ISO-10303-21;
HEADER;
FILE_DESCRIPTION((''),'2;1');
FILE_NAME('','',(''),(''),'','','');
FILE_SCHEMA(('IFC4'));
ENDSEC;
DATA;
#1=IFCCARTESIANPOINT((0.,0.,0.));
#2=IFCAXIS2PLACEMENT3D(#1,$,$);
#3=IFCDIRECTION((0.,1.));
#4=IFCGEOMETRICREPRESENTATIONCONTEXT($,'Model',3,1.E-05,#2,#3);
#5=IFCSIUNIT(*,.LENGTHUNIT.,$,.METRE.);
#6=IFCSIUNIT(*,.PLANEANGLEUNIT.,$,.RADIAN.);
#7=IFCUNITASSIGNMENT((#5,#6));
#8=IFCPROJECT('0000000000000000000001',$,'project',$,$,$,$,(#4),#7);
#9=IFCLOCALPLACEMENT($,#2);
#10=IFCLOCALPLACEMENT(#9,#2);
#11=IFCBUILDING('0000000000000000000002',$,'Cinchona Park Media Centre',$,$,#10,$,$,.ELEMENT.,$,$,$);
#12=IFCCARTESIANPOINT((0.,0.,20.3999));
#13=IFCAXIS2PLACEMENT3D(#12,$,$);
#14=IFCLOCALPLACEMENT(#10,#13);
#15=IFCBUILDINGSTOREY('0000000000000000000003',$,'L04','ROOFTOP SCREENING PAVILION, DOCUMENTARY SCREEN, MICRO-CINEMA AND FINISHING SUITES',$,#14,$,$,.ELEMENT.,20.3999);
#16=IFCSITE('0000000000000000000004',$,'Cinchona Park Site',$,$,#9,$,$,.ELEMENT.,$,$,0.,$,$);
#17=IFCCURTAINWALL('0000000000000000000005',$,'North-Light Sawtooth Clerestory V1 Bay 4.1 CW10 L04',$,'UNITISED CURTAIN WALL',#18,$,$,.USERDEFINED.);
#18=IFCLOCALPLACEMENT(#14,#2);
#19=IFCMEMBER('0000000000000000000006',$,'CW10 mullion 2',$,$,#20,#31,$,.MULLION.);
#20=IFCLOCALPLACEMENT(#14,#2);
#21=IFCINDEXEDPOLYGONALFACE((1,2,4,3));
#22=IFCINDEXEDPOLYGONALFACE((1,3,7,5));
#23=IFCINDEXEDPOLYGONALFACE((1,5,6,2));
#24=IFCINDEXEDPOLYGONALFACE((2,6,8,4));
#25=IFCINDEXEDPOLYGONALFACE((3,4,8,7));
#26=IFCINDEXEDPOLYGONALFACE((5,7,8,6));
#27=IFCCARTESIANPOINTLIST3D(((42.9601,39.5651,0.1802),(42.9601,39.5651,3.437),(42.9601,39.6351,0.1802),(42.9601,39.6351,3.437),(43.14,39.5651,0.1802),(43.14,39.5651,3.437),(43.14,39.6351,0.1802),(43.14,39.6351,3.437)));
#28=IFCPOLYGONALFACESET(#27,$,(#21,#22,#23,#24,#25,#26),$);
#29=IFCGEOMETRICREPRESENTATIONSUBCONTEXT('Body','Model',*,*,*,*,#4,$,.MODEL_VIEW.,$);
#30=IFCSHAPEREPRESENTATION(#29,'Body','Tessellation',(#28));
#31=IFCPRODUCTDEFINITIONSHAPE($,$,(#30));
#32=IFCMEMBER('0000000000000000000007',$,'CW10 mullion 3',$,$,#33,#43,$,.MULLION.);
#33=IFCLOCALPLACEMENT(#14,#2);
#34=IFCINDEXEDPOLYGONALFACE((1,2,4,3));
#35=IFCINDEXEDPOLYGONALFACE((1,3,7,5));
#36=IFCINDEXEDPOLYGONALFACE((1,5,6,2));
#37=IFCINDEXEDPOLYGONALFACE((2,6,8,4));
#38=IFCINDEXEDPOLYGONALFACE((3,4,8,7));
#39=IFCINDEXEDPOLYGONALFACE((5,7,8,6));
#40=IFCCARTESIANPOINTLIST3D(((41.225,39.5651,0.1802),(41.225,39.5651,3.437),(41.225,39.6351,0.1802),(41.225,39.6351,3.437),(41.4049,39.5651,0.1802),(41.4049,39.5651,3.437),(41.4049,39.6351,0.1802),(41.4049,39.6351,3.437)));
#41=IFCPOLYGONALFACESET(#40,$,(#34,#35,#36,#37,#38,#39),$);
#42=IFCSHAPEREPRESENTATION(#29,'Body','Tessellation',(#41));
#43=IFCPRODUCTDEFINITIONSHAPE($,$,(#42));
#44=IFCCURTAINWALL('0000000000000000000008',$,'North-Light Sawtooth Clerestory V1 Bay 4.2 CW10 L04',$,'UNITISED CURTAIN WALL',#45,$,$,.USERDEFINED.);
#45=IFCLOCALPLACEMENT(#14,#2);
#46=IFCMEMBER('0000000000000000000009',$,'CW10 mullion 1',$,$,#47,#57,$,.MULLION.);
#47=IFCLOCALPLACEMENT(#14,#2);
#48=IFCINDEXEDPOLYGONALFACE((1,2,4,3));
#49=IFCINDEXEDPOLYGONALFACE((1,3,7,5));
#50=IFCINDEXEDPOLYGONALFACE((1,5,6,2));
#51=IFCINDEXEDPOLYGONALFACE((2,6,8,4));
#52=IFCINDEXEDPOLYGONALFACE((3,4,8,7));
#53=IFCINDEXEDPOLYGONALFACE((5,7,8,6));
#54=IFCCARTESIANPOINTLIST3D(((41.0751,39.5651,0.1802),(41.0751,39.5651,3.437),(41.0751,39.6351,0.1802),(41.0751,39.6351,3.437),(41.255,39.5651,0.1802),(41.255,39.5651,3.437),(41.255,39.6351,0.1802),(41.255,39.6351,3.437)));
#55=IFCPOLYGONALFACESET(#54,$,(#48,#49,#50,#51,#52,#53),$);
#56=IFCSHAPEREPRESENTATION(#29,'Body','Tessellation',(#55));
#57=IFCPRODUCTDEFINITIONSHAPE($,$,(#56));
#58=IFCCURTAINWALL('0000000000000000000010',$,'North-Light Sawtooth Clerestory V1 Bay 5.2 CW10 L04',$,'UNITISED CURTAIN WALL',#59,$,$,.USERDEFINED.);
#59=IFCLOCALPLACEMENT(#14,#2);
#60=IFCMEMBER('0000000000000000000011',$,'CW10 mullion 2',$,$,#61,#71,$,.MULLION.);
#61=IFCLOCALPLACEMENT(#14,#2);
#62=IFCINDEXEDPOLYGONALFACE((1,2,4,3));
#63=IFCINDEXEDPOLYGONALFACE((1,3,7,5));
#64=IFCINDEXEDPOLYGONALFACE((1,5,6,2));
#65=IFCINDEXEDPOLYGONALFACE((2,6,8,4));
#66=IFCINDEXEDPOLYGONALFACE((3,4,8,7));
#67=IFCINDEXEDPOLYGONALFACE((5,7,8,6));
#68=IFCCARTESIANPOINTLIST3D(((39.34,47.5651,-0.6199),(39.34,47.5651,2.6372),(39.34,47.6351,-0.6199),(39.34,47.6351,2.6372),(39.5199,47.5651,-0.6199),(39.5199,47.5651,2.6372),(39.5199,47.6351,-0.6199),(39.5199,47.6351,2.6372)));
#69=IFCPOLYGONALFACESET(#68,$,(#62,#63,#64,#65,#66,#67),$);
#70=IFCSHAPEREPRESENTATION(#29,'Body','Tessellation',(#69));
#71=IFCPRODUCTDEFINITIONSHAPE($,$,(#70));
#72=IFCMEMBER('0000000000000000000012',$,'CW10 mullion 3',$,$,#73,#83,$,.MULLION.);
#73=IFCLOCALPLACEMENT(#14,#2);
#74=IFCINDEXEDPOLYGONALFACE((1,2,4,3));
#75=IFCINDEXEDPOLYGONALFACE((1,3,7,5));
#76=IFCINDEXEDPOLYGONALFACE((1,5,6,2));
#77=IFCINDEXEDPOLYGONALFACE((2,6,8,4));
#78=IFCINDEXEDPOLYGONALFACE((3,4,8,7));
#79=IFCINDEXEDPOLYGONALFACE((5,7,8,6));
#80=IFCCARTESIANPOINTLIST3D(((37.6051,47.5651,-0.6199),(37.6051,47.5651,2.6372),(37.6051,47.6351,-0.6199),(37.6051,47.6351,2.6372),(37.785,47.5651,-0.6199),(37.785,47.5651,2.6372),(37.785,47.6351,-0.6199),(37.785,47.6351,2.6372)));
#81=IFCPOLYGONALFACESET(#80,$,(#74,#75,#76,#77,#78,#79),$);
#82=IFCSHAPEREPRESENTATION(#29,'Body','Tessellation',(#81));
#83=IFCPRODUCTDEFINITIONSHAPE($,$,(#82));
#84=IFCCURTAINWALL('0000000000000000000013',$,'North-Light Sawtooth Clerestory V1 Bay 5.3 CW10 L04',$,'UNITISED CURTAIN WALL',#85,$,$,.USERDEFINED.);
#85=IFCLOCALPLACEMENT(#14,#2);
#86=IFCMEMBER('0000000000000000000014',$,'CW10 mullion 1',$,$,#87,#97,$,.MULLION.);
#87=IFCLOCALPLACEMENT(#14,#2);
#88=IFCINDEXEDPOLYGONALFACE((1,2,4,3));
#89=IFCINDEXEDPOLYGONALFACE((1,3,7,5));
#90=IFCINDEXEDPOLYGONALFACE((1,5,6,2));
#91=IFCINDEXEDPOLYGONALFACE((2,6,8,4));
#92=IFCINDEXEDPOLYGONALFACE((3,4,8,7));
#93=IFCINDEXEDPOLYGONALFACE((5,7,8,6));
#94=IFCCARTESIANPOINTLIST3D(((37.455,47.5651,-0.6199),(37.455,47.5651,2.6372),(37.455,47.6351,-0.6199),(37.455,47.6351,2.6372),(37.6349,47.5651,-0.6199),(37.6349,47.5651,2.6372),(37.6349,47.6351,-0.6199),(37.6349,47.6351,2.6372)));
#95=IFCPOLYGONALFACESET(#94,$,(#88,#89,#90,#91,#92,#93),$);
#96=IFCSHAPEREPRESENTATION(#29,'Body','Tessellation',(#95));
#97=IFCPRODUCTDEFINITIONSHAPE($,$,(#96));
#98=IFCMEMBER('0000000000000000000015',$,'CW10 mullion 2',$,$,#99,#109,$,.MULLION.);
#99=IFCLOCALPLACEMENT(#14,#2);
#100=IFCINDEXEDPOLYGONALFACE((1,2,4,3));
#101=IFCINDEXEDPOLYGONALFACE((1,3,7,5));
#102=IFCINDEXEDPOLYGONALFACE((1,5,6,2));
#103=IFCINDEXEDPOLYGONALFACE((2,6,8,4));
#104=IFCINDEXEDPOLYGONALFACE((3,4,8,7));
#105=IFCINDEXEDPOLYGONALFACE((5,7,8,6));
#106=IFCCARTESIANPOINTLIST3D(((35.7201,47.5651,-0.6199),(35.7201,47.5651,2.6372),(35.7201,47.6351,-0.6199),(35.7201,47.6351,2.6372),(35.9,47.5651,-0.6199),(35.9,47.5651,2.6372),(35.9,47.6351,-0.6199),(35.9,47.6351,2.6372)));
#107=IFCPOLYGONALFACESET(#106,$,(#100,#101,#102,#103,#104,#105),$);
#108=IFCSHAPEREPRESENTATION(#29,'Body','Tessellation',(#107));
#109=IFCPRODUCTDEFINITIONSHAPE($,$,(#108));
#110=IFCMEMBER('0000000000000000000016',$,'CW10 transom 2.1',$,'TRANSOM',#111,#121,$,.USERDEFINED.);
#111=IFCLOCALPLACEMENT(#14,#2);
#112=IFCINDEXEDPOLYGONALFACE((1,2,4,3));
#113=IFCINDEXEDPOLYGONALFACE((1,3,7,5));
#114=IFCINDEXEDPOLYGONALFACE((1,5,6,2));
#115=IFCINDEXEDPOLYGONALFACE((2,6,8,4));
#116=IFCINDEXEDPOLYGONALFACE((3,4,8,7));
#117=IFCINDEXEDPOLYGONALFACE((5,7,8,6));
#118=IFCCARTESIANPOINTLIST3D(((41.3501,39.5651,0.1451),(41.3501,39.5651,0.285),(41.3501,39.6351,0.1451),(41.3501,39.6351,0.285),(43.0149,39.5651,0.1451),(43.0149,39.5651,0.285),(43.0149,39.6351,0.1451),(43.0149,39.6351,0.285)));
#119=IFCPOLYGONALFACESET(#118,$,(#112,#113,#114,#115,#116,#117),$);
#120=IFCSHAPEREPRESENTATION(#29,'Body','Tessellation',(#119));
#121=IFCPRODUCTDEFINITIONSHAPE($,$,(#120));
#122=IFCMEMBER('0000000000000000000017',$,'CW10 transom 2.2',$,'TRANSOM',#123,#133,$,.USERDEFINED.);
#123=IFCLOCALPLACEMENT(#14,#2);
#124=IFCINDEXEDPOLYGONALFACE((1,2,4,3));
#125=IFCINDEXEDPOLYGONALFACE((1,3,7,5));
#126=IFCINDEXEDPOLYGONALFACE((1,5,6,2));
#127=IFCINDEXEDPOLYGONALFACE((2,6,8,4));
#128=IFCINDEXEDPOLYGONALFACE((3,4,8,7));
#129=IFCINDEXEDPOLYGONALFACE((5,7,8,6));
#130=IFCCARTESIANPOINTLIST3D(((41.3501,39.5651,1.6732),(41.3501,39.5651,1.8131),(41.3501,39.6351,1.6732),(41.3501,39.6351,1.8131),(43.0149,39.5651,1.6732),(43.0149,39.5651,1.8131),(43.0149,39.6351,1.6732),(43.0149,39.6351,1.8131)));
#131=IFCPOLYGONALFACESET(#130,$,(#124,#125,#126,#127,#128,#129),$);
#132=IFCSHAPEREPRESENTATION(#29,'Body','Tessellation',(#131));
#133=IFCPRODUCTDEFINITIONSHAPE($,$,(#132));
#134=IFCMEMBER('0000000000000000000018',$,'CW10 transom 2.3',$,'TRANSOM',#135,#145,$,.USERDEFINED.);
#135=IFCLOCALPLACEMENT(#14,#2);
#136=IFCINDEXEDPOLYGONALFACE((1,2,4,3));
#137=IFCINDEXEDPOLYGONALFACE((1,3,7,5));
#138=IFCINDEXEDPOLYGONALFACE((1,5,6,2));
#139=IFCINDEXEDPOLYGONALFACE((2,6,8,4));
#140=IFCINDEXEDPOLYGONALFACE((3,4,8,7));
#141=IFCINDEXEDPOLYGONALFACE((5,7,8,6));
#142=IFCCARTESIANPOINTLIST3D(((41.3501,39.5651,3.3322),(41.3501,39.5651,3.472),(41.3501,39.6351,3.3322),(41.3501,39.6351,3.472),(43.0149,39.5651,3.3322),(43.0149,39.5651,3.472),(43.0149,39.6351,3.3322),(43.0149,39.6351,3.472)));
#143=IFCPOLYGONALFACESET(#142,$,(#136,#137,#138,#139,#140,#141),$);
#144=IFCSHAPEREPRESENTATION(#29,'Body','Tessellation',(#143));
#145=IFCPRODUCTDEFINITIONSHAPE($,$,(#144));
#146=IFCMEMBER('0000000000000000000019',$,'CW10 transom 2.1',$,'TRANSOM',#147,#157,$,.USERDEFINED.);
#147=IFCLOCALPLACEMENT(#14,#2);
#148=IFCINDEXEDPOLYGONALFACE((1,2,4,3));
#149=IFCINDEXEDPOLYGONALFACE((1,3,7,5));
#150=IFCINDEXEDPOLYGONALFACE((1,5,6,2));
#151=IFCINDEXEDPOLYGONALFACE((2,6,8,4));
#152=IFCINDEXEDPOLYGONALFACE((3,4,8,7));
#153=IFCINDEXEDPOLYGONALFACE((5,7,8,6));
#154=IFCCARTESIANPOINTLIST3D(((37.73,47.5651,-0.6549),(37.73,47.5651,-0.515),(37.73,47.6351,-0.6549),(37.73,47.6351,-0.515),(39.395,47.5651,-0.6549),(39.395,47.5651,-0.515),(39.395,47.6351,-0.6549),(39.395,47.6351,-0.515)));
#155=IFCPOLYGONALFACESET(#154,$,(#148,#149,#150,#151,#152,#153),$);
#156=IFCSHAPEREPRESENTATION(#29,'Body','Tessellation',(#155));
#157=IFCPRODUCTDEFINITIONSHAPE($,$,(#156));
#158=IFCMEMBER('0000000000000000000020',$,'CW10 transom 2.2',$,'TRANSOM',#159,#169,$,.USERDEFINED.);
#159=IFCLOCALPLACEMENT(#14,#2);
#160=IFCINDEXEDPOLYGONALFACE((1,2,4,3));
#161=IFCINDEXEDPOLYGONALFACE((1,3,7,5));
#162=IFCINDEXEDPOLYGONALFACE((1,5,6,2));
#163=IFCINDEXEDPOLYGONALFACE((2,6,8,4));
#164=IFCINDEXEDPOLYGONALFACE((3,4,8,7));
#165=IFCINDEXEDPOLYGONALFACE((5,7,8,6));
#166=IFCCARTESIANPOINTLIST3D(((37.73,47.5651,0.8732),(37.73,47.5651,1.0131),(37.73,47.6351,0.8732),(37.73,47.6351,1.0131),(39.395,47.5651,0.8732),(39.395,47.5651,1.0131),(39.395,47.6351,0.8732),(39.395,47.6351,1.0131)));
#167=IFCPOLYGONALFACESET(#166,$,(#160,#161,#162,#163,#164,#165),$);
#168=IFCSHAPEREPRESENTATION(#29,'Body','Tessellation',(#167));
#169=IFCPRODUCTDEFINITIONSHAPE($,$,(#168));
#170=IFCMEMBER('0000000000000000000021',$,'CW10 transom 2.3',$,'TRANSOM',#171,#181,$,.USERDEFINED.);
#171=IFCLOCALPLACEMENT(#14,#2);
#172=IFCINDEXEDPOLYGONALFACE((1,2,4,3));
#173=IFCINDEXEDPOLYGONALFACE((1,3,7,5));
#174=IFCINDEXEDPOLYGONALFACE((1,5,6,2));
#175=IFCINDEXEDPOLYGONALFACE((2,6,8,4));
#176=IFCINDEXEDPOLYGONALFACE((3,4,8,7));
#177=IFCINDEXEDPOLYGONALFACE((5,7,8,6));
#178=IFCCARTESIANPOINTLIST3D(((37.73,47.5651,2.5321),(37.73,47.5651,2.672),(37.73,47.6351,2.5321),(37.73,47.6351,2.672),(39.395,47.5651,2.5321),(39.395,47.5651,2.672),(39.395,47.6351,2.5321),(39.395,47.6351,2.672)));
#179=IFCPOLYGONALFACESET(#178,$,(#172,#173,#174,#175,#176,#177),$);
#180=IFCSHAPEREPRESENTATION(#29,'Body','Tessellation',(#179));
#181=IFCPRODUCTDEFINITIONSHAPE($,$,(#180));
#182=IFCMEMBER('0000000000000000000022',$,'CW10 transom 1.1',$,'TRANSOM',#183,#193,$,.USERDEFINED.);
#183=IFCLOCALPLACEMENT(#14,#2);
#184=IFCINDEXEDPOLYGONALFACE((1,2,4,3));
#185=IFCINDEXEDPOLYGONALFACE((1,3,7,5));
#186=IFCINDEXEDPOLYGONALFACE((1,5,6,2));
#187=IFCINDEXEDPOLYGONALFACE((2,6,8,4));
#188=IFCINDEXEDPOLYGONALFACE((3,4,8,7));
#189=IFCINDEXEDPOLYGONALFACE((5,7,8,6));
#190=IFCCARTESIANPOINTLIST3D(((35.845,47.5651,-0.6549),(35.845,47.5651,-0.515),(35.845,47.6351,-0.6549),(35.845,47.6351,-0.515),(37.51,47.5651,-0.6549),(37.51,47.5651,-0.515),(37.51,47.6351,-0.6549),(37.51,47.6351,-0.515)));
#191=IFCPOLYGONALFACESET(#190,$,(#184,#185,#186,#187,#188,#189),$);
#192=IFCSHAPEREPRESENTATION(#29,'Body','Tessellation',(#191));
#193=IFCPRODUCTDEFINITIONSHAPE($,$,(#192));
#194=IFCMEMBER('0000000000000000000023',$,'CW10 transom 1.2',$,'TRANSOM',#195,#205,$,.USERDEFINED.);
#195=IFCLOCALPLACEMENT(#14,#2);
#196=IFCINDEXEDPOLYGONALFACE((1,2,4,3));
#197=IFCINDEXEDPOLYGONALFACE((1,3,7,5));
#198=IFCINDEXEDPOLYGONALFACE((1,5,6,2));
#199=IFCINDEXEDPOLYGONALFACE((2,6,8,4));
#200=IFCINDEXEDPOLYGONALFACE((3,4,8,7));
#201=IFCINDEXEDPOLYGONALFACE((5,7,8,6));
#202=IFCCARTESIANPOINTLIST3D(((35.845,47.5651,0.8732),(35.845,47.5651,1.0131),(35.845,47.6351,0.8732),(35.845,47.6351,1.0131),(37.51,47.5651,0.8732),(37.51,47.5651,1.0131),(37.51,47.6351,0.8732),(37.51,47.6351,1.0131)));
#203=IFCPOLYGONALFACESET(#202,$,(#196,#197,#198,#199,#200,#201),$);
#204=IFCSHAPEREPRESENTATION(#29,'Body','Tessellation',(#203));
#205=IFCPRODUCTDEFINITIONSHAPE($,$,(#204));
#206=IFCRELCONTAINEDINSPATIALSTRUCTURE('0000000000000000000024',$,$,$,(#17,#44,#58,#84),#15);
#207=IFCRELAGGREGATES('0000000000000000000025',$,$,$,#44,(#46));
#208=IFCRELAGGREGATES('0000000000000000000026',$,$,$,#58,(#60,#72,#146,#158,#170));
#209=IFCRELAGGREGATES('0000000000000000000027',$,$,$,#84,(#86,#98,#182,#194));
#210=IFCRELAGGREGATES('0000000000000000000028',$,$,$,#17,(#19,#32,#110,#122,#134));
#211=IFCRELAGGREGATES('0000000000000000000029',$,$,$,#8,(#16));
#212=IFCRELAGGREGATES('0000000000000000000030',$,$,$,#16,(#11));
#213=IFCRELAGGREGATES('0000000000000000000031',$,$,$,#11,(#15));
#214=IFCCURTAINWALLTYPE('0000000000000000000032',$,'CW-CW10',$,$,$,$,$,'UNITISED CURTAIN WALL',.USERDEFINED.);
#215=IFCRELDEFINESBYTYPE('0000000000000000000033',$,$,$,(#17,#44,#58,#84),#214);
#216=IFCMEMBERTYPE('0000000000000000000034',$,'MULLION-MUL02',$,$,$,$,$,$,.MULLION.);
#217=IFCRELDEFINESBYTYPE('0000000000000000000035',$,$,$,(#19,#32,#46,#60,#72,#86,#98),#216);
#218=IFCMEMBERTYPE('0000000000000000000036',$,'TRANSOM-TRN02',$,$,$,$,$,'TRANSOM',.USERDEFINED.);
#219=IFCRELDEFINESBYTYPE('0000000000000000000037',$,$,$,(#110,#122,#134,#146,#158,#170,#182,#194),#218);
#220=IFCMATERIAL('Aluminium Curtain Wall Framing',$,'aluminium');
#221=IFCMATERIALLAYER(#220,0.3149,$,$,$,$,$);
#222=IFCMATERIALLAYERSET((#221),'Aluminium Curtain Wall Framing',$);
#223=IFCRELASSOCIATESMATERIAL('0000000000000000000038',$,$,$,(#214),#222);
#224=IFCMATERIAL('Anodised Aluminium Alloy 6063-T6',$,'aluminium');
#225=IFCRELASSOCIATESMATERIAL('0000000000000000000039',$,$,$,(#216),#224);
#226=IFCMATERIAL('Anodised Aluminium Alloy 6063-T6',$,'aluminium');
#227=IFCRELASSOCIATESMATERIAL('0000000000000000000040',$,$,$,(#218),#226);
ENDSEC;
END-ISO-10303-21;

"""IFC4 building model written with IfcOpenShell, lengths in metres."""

from ifc_helpers import new_model, si_unit, direction, frame, origin, origin_2d, place, context, subcontext, project, spatial, rectangle, extrude, material, layer, layer_set, material_profile, profile_set, type_object, element, aggregate, save


model = new_model("IFC4")

# Units and contexts
model_context = context("Model", 3, precision=1e-05, world=origin(), true_north=direction((0.0, 1.0)))
body_context = subcontext(model_context, "Body", "Model", "MODEL_VIEW")
ifc_project = project(units=[si_unit("LENGTHUNIT", "METRE"), si_unit("PLANEANGLEUNIT", "RADIAN")], contexts=[model_context])

# Site, building, storey
site_placement = place(None, origin())
site = spatial("IfcSite", under=ifc_project, at=site_placement, Name="Cinchona Park Site", CompositionType="ELEMENT", RefElevation=0.0)
building_placement = place(site_placement, origin())
building = spatial("IfcBuilding", under=site, at=building_placement, Name="Cinchona Park Media Centre", CompositionType="ELEMENT")
storey_placement = place(building_placement, frame((0.0, 0.0, 20.3999)))
storey = spatial("IfcBuildingStorey", under=building, at=storey_placement, Name="L04", Description="ROOFTOP SCREENING PAVILION, DOCUMENTARY SCREEN, MICRO-CINEMA AND FINISHING SUITES", CompositionType="ELEMENT", Elevation=20.3999)

# Curtain wall, members
ifc_material_1 = material(Name="Aluminium Curtain Wall Framing", Category="aluminium")
ifc_layer_1 = layer(ifc_material_1, 0.3149)
ifc_layer_set_1 = layer_set([ifc_layer_1], Name="Aluminium Curtain Wall Framing")
curtain_wall_type = type_object("IfcCurtainWallType", Name="CW-CW10", ElementType="UNITISED CURTAIN WALL", PredefinedType="USERDEFINED", material=ifc_layer_set_1)
curtain_wall_1_placement = place(storey_placement, origin())
curtain_wall_1 = element("IfcCurtainWall", 1, at=curtain_wall_1_placement, inside=storey, type_object=curtain_wall_type, Name="North-Light Sawtooth Clerestory V1 Bay 4.1 CW10 L04", ObjectType="UNITISED CURTAIN WALL", PredefinedType="USERDEFINED")
ifc_material_2 = material(Name="Anodised Aluminium Alloy 6063-T6", Category="aluminium")
ifc_material_profile_1 = material_profile(ifc_material_2, rectangle(XDim=0.0701, YDim=0.1799, at=origin_2d()), Name="MUL-70X180")
ifc_profile_set_1 = profile_set([ifc_material_profile_1], Name="Anodised Aluminium Alloy 6063-T6")
member_type_1 = type_object("IfcMemberType", Name="MULLION-MUL02", PredefinedType="MULLION", material=ifc_profile_set_1)
member_1_placement = place(storey_placement, frame((43.05, 39.6001, 0.1802), z_axis=(0.0, 0.0, 1.0), x_axis=(0.0, -1.0, 0.0)))
member_1 = element("IfcMember", 2, at=member_1_placement, type_object=member_type_1, Name="CW10 mullion 2", PredefinedType="MULLION", context=body_context, shape_type="SweptSolid", body=[
    extrude(rectangle(XDim=0.0701, YDim=0.1799, at=origin_2d()), origin(), (0.0, 0.0, 1.0), 3.2568),
])
member_2_placement = place(storey_placement, frame((41.3149, 39.6001, 0.1802), z_axis=(0.0, 0.0, 1.0), x_axis=(0.0, -1.0, 0.0)))
member_2 = element("IfcMember", 3, at=member_2_placement, type_object=member_type_1, Name="CW10 mullion 3", PredefinedType="MULLION", context=body_context, shape_type="SweptSolid", body=[
    extrude(rectangle(XDim=0.0701, YDim=0.1799, at=origin_2d()), origin(), (0.0, 0.0, 1.0), 3.2568),
])

# Curtain wall, member
curtain_wall_2_placement = place(storey_placement, origin())
curtain_wall_2 = element("IfcCurtainWall", 4, at=curtain_wall_2_placement, inside=storey, type_object=curtain_wall_type, Name="North-Light Sawtooth Clerestory V1 Bay 4.2 CW10 L04", ObjectType="UNITISED CURTAIN WALL", PredefinedType="USERDEFINED")
member_3_placement = place(storey_placement, frame((41.165, 39.6001, 0.1802), z_axis=(0.0, 0.0, 1.0), x_axis=(0.0, -1.0, 0.0)))
member_3 = element("IfcMember", 5, at=member_3_placement, type_object=member_type_1, Name="CW10 mullion 1", PredefinedType="MULLION", context=body_context, shape_type="SweptSolid", body=[
    extrude(rectangle(XDim=0.0701, YDim=0.1799, at=origin_2d()), origin(), (0.0, 0.0, 1.0), 3.2568),
])
aggregate(curtain_wall_2, [member_3])

# Curtain walls, members
curtain_wall_3_placement = place(storey_placement, origin())
curtain_wall_3 = element("IfcCurtainWall", 6, at=curtain_wall_3_placement, inside=storey, type_object=curtain_wall_type, Name="North-Light Sawtooth Clerestory V1 Bay 5.2 CW10 L04", ObjectType="UNITISED CURTAIN WALL", PredefinedType="USERDEFINED")
member_4_placement = place(storey_placement, frame((39.4299, 47.6001, -0.6199), z_axis=(0.0, 0.0, 1.0), x_axis=(0.0, -1.0, 0.0)))
member_4 = element("IfcMember", 7, at=member_4_placement, type_object=member_type_1, Name="CW10 mullion 2", PredefinedType="MULLION", context=body_context, shape_type="SweptSolid", body=[
    extrude(rectangle(XDim=0.0701, YDim=0.1799, at=origin_2d()), origin(), (0.0, 0.0, 1.0), 3.2571),
])
member_5_placement = place(storey_placement, frame((37.6951, 47.6001, -0.6199), z_axis=(0.0, 0.0, 1.0), x_axis=(0.0, -1.0, 0.0)))
member_5 = element("IfcMember", 8, at=member_5_placement, type_object=member_type_1, Name="CW10 mullion 3", PredefinedType="MULLION", context=body_context, shape_type="SweptSolid", body=[
    extrude(rectangle(XDim=0.0701, YDim=0.1799, at=origin_2d()), origin(), (0.0, 0.0, 1.0), 3.2571),
])
curtain_wall_4_placement = place(storey_placement, origin())
curtain_wall_4 = element("IfcCurtainWall", 9, at=curtain_wall_4_placement, inside=storey, type_object=curtain_wall_type, Name="North-Light Sawtooth Clerestory V1 Bay 5.3 CW10 L04", ObjectType="UNITISED CURTAIN WALL", PredefinedType="USERDEFINED")
member_6_placement = place(storey_placement, frame((37.5449, 47.6001, -0.6199), z_axis=(0.0, 0.0, 1.0), x_axis=(0.0, -1.0, 0.0)))
member_6 = element("IfcMember", 10, at=member_6_placement, type_object=member_type_1, Name="CW10 mullion 1", PredefinedType="MULLION", context=body_context, shape_type="SweptSolid", body=[
    extrude(rectangle(XDim=0.0701, YDim=0.1799, at=origin_2d()), origin(), (0.0, 0.0, 1.0), 3.2571),
])
member_7_placement = place(storey_placement, frame((35.8101, 47.6001, -0.6199), z_axis=(0.0, 0.0, 1.0), x_axis=(0.0, -1.0, 0.0)))
member_7 = element("IfcMember", 11, at=member_7_placement, type_object=member_type_1, Name="CW10 mullion 2", PredefinedType="MULLION", context=body_context, shape_type="SweptSolid", body=[
    extrude(rectangle(XDim=0.0701, YDim=0.1799, at=origin_2d()), origin(), (0.0, 0.0, 1.0), 3.2571),
])

# Members
ifc_material_3 = material(Name="Anodised Aluminium Alloy 6063-T6", Category="aluminium")
ifc_material_profile_2 = material_profile(ifc_material_3, rectangle(XDim=0.0701, YDim=0.1399, at=origin_2d()), Name="TRN-70X140")
ifc_profile_set_2 = profile_set([ifc_material_profile_2], Name="Anodised Aluminium Alloy 6063-T6")
member_type_2 = type_object("IfcMemberType", Name="TRANSOM-TRN02", ElementType="TRANSOM", PredefinedType="USERDEFINED", material=ifc_profile_set_2)
member_8_placement = place(storey_placement, frame((43.0149, 39.6001, 0.2151), z_axis=(-1.0, 0.0, 0.0), x_axis=(0.0, -1.0, 0.0)))
member_8 = element("IfcMember", 12, at=member_8_placement, type_object=member_type_2, Name="CW10 transom 2.1", ObjectType="TRANSOM", PredefinedType="USERDEFINED", context=body_context, shape_type="SweptSolid", body=[
    extrude(rectangle(XDim=0.0701, YDim=0.1399, at=origin_2d()), origin(), (0.0, 0.0, 1.0), 1.6648),
])
member_9_placement = place(storey_placement, frame((43.0149, 39.6001, 1.7432), z_axis=(-1.0, 0.0, 0.0), x_axis=(0.0, -1.0, 0.0)))
member_9 = element("IfcMember", 13, at=member_9_placement, type_object=member_type_2, Name="CW10 transom 2.2", ObjectType="TRANSOM", PredefinedType="USERDEFINED", context=body_context, shape_type="SweptSolid", body=[
    extrude(rectangle(XDim=0.0701, YDim=0.1399, at=origin_2d()), origin(), (0.0, 0.0, 1.0), 1.6648),
])
member_10_placement = place(storey_placement, frame((43.0149, 39.6001, 3.4021), z_axis=(-1.0, 0.0, 0.0), x_axis=(0.0, -1.0, 0.0)))
member_10 = element("IfcMember", 14, at=member_10_placement, type_object=member_type_2, Name="CW10 transom 2.3", ObjectType="TRANSOM", PredefinedType="USERDEFINED", context=body_context, shape_type="SweptSolid", body=[
    extrude(rectangle(XDim=0.0701, YDim=0.1399, at=origin_2d()), origin(), (0.0, 0.0, 1.0), 1.6648),
])
member_11_placement = place(storey_placement, frame((39.395, 47.6001, -0.585), z_axis=(-1.0, 0.0, 0.0), x_axis=(0.0, -1.0, 0.0)))
member_11 = element("IfcMember", 15, at=member_11_placement, type_object=member_type_2, Name="CW10 transom 2.1", ObjectType="TRANSOM", PredefinedType="USERDEFINED", context=body_context, shape_type="SweptSolid", body=[
    extrude(rectangle(XDim=0.0701, YDim=0.1399, at=origin_2d()), origin(), (0.0, 0.0, 1.0), 1.665),
])
member_12_placement = place(storey_placement, frame((39.395, 47.6001, 0.9431), z_axis=(-1.0, 0.0, 0.0), x_axis=(0.0, -1.0, 0.0)))
member_12 = element("IfcMember", 16, at=member_12_placement, type_object=member_type_2, Name="CW10 transom 2.2", ObjectType="TRANSOM", PredefinedType="USERDEFINED", context=body_context, shape_type="SweptSolid", body=[
    extrude(rectangle(XDim=0.0701, YDim=0.1399, at=origin_2d()), origin(), (0.0, 0.0, 1.0), 1.665),
])
member_13_placement = place(storey_placement, frame((39.395, 47.6001, 2.6021), z_axis=(-1.0, 0.0, 0.0), x_axis=(0.0, -1.0, 0.0)))
member_13 = element("IfcMember", 17, at=member_13_placement, type_object=member_type_2, Name="CW10 transom 2.3", ObjectType="TRANSOM", PredefinedType="USERDEFINED", context=body_context, shape_type="SweptSolid", body=[
    extrude(rectangle(XDim=0.0701, YDim=0.1399, at=origin_2d()), origin(), (0.0, 0.0, 1.0), 1.665),
])
member_14_placement = place(storey_placement, frame((37.51, 47.6001, -0.585), z_axis=(-1.0, 0.0, 0.0), x_axis=(0.0, -1.0, 0.0)))
member_14 = element("IfcMember", 18, at=member_14_placement, type_object=member_type_2, Name="CW10 transom 1.1", ObjectType="TRANSOM", PredefinedType="USERDEFINED", context=body_context, shape_type="SweptSolid", body=[
    extrude(rectangle(XDim=0.0701, YDim=0.1399, at=origin_2d()), origin(), (0.0, 0.0, 1.0), 1.665),
])
member_15_placement = place(storey_placement, frame((37.51, 47.6001, 0.9431), z_axis=(-1.0, 0.0, 0.0), x_axis=(0.0, -1.0, 0.0)))
member_15 = element("IfcMember", 19, at=member_15_placement, type_object=member_type_2, Name="CW10 transom 1.2", ObjectType="TRANSOM", PredefinedType="USERDEFINED", context=body_context, shape_type="SweptSolid", body=[
    extrude(rectangle(XDim=0.0701, YDim=0.1399, at=origin_2d()), origin(), (0.0, 0.0, 1.0), 1.665),
])

aggregate(curtain_wall_3, [member_4, member_5, member_11, member_12, member_13])
aggregate(curtain_wall_4, [member_6, member_7, member_14, member_15])
aggregate(curtain_wall_1, [member_1, member_2, member_8, member_9, member_10])

save(model, "model.ifc")
